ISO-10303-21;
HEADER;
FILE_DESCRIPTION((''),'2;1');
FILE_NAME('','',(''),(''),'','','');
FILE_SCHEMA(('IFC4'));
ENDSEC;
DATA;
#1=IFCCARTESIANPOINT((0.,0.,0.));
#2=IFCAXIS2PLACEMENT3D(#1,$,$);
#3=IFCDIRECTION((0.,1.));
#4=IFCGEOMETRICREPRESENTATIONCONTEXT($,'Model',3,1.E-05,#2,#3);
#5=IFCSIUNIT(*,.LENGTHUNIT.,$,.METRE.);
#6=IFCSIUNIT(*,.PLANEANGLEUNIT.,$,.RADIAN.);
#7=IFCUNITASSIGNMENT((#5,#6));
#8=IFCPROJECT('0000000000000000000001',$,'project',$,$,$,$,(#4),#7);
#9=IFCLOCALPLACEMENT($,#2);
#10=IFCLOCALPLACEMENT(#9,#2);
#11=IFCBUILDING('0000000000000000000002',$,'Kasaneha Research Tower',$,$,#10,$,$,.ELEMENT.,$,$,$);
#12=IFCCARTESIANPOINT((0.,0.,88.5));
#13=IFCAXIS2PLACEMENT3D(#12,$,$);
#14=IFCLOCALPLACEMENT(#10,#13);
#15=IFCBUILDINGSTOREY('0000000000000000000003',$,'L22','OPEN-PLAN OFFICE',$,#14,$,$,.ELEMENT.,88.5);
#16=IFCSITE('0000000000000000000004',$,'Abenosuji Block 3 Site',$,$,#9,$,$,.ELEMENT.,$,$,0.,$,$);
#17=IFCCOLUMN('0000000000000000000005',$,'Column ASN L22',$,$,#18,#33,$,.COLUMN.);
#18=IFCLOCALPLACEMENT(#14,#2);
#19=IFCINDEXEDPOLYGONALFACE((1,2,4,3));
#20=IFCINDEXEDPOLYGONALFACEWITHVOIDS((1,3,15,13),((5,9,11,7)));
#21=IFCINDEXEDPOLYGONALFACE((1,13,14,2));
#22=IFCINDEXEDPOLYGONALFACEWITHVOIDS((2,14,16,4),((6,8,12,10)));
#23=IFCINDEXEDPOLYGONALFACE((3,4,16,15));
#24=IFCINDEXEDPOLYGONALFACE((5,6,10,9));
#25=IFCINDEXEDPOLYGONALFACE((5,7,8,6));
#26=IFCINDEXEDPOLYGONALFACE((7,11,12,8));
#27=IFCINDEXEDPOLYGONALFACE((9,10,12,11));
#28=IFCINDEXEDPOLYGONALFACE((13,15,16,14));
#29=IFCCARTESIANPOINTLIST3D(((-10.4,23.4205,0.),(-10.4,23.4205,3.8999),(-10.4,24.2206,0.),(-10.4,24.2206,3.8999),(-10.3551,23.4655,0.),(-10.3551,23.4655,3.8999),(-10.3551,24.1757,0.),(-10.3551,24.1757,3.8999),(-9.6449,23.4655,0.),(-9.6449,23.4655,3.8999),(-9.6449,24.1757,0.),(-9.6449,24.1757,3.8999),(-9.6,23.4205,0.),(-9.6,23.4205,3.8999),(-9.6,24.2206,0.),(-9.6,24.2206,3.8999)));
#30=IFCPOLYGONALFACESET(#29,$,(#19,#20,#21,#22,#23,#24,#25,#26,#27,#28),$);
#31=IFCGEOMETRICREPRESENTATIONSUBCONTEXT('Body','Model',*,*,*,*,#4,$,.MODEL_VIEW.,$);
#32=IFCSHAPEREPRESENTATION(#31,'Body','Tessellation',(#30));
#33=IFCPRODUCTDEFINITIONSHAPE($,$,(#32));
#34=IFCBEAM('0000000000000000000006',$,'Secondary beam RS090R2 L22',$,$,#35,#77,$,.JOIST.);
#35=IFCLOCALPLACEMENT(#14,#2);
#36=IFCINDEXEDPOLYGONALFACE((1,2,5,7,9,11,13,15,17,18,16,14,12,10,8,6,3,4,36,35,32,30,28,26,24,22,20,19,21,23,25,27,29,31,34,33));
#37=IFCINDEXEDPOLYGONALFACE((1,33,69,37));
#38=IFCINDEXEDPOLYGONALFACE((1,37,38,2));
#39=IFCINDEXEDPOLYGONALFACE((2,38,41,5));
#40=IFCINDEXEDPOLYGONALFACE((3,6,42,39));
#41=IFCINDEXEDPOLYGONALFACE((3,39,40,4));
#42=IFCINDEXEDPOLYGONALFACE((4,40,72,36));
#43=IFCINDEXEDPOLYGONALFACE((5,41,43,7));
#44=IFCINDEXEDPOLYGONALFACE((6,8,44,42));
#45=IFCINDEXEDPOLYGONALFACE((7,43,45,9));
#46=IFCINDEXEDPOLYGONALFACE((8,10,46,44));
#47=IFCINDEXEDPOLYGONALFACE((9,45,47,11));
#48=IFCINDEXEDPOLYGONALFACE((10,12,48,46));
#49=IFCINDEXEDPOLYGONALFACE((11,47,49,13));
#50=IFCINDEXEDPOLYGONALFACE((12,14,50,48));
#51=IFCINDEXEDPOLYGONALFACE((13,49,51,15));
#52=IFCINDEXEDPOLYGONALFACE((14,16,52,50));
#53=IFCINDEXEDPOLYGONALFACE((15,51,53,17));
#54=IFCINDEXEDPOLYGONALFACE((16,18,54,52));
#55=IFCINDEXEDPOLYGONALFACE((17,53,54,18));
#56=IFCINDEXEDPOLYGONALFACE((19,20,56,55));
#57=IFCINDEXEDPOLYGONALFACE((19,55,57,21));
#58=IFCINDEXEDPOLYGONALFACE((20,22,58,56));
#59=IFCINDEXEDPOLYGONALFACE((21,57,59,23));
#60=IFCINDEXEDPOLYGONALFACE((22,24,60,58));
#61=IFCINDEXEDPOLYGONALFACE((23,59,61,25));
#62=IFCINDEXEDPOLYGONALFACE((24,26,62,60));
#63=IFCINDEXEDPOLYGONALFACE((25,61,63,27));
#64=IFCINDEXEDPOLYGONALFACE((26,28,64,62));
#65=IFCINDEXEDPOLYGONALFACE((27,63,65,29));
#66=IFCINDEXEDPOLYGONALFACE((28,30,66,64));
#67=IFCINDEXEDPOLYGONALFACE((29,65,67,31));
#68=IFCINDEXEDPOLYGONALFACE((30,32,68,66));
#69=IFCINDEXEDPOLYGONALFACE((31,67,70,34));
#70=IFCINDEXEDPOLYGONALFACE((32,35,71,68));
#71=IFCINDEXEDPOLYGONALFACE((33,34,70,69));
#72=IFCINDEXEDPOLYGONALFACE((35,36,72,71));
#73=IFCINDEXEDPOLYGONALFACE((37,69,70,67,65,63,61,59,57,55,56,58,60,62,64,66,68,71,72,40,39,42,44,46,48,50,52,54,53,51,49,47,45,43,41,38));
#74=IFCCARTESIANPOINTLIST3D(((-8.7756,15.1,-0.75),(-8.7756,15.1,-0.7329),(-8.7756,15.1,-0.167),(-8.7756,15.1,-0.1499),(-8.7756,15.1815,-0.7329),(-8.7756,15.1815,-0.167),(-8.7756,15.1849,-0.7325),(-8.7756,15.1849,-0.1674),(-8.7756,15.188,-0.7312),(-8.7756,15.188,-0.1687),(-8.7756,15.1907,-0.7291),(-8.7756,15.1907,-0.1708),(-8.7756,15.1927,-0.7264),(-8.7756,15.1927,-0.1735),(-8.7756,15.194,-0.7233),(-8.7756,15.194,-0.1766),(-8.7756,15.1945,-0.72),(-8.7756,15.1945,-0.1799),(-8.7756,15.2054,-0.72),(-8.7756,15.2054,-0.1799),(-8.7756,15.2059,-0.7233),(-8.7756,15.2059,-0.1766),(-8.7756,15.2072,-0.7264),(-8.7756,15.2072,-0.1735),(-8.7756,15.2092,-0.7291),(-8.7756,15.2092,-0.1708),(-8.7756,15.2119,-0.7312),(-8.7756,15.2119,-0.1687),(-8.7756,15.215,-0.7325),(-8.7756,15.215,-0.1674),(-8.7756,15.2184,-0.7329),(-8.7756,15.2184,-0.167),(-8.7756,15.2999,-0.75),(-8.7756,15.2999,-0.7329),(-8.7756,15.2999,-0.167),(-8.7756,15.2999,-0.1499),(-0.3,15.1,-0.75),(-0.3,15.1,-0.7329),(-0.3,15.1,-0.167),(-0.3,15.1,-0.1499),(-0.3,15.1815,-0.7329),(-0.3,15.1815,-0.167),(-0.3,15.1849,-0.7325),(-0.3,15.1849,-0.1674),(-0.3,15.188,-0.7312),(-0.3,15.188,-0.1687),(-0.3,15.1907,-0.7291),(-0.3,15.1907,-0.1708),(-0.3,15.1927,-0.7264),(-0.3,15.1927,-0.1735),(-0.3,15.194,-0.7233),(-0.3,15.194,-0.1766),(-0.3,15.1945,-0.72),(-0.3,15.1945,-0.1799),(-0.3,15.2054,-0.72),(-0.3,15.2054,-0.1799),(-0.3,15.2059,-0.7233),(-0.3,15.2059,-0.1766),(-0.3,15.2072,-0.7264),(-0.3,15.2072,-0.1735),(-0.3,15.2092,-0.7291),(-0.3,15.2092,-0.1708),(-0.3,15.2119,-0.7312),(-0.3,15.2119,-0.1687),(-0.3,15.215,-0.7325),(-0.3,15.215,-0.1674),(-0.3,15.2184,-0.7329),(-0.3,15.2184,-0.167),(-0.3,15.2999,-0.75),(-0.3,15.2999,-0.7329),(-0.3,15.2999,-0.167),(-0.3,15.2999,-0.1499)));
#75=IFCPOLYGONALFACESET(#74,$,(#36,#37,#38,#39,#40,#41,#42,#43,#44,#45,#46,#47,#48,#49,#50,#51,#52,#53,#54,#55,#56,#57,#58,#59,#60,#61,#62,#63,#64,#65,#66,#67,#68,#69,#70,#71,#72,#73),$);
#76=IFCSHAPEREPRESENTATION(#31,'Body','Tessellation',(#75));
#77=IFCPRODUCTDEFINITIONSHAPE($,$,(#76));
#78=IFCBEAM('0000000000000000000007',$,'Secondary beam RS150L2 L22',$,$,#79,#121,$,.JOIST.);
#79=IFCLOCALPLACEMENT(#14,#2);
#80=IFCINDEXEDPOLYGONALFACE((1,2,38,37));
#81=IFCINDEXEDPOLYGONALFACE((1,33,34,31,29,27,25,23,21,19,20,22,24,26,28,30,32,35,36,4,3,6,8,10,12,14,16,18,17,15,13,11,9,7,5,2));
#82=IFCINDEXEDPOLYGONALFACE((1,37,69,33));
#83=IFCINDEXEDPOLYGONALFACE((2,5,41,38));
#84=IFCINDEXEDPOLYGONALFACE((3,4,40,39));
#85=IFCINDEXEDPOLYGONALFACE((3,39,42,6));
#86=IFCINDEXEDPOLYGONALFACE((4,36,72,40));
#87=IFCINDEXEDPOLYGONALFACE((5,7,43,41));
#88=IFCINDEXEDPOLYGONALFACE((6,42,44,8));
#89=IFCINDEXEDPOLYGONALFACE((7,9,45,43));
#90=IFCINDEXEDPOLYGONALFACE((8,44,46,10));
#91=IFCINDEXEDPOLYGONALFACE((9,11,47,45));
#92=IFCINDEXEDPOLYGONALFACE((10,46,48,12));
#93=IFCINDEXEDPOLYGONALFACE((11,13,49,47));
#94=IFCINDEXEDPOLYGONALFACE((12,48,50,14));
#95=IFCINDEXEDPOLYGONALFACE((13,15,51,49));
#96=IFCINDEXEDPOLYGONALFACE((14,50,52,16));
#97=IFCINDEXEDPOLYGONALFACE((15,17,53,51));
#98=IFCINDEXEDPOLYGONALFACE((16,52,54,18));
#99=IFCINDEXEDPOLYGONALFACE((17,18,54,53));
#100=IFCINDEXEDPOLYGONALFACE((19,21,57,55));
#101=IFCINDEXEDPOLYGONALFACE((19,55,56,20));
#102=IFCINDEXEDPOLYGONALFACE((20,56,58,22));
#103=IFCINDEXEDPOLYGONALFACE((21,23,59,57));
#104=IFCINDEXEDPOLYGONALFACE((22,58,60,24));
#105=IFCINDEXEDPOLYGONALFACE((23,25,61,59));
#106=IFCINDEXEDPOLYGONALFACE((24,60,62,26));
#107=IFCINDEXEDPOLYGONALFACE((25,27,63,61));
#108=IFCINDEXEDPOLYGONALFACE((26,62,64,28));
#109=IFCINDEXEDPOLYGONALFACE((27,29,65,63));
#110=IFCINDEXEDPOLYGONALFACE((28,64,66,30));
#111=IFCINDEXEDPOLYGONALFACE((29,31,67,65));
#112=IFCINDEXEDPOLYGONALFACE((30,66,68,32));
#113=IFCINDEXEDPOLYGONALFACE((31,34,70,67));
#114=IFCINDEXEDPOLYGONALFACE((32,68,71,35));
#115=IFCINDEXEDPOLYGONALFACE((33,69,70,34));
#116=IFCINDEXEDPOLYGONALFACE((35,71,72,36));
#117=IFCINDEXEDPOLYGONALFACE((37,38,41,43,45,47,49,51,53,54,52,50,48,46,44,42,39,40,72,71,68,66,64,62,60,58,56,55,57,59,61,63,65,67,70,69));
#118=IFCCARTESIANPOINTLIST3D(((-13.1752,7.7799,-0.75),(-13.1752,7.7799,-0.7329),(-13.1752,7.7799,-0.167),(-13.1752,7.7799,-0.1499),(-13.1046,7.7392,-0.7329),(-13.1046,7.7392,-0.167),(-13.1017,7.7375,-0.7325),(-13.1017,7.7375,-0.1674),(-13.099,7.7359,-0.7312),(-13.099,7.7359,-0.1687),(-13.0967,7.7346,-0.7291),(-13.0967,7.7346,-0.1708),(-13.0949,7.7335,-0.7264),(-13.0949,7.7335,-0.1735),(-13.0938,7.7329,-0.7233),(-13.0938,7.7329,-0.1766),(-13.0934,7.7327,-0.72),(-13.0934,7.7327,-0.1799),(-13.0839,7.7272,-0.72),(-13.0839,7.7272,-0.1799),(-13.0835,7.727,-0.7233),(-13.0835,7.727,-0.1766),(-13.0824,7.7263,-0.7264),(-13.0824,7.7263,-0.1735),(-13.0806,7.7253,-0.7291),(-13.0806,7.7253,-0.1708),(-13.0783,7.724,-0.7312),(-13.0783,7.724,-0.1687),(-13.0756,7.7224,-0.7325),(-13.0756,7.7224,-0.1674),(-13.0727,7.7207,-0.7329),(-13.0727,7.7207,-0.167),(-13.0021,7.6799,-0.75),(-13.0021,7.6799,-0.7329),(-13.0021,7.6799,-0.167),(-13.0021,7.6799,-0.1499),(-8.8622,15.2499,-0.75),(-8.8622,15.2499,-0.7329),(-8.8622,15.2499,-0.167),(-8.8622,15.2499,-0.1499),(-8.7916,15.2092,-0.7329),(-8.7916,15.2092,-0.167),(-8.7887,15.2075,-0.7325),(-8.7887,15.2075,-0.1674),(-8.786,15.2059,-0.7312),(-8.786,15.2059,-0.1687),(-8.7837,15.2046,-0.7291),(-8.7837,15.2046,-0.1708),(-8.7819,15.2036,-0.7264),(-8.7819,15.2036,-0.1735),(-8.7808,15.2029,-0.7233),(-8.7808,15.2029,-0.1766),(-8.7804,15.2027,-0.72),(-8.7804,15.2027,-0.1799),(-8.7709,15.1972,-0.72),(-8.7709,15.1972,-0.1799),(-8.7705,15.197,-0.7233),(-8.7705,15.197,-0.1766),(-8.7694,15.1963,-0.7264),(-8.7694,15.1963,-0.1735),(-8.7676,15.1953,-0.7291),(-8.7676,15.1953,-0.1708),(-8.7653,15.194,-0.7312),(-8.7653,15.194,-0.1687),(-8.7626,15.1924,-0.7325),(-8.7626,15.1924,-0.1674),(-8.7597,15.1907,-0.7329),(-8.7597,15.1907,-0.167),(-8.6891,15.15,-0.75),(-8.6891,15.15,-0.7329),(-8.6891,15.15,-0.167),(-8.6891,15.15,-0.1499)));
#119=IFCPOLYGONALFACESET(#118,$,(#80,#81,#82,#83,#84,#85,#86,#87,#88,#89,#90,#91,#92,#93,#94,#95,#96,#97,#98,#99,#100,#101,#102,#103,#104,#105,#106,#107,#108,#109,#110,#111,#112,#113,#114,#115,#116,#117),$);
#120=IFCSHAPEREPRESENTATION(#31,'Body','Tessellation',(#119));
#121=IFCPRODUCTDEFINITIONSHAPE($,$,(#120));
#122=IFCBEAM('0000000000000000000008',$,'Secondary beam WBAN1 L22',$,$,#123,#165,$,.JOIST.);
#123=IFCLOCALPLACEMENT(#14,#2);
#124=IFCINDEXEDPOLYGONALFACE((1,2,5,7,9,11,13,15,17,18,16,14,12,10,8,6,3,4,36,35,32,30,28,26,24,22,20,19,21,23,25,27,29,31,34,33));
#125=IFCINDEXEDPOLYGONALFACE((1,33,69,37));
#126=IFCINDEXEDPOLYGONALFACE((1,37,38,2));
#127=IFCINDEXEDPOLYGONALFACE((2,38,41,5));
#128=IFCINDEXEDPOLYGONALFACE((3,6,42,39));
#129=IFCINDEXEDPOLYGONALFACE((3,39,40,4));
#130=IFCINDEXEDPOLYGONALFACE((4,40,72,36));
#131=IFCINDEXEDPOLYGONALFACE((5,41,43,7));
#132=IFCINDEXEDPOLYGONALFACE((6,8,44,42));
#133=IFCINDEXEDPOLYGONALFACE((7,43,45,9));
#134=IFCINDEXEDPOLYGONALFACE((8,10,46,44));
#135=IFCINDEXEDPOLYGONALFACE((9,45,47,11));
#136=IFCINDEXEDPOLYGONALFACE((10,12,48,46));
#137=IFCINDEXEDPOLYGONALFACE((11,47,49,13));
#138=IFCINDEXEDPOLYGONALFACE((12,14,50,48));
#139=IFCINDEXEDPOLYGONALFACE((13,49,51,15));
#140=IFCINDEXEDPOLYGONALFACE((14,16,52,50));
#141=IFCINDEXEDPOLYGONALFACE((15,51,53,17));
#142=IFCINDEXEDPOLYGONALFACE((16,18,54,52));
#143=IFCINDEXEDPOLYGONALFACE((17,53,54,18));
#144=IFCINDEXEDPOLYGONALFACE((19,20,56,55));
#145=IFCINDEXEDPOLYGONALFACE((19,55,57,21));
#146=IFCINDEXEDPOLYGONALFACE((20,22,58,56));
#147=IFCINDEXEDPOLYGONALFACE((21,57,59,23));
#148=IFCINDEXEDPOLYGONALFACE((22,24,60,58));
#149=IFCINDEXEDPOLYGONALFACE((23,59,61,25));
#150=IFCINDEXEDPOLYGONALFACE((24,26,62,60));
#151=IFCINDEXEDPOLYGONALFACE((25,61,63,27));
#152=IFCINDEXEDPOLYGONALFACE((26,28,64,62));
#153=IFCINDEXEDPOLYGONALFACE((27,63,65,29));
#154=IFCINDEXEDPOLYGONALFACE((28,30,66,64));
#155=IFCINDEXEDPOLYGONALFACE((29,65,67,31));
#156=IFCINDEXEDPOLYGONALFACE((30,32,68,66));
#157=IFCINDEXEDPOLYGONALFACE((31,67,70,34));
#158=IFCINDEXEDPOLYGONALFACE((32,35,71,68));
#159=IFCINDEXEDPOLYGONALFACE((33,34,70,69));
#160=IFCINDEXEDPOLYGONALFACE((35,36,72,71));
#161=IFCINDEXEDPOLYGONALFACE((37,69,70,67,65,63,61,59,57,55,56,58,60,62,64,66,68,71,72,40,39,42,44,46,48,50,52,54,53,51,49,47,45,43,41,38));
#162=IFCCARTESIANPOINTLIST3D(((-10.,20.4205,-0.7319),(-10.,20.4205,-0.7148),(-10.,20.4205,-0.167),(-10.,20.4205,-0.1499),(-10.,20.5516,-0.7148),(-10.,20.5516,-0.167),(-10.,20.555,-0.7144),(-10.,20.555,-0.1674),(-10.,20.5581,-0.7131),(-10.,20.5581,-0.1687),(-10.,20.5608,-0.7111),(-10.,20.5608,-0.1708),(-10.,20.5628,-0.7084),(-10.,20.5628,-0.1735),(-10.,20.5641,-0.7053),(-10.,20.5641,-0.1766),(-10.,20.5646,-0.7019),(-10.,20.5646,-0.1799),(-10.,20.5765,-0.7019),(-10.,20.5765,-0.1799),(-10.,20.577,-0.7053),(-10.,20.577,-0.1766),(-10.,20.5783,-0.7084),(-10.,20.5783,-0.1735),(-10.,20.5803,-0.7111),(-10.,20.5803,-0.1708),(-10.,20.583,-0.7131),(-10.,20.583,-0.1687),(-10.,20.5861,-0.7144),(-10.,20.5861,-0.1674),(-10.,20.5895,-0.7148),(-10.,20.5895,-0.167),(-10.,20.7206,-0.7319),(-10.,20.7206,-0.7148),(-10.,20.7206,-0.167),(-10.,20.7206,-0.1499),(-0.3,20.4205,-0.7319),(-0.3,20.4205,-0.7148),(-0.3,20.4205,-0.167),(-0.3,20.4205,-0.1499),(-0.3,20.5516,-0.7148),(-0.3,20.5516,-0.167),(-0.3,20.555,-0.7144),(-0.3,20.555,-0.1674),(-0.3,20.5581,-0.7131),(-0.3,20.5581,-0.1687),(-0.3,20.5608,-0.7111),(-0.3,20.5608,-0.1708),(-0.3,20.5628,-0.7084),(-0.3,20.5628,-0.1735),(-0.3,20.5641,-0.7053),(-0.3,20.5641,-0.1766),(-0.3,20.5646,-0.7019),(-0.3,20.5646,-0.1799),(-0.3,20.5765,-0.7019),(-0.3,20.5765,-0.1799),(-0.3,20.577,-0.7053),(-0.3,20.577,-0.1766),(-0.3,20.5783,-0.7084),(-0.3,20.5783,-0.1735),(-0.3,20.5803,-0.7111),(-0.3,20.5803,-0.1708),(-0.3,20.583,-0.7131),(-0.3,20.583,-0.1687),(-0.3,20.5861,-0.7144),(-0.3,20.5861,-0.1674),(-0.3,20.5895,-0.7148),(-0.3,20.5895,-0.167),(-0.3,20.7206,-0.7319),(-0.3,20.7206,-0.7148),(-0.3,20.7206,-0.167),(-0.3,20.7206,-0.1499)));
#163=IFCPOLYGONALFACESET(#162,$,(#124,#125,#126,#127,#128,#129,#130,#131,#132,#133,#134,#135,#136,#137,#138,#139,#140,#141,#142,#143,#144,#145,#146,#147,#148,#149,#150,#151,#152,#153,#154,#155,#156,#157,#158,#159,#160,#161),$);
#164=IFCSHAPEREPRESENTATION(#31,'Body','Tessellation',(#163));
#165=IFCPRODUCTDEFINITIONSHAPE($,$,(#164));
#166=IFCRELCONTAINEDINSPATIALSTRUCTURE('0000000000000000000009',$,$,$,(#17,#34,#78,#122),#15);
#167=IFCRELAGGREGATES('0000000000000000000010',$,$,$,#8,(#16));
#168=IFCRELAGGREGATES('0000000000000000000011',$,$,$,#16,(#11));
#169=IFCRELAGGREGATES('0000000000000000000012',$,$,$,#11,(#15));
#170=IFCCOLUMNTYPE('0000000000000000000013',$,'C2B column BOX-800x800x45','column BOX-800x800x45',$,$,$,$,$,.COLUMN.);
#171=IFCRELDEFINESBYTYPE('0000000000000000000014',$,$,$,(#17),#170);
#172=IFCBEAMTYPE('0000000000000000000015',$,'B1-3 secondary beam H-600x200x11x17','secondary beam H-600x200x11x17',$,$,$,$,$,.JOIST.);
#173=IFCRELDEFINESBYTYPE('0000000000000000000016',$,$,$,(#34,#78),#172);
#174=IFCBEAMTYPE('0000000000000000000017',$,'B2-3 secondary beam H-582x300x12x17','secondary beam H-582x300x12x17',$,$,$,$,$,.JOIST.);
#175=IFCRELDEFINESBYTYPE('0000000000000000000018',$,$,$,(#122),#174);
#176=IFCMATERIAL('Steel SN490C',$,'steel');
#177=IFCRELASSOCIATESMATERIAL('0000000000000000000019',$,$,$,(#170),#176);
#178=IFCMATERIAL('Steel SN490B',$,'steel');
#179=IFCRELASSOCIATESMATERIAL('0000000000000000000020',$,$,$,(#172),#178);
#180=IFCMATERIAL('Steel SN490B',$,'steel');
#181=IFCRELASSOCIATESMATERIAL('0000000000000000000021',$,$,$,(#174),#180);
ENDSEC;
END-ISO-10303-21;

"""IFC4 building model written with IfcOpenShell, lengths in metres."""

from ifc_helpers import new_model, si_unit, direction, frame, origin, origin_2d, place, context, subcontext, project, spatial, hollow_rectangle, i_section, extrude, material, material_profile, profile_set, type_object, element, save


model = new_model("IFC4")

# Units and contexts
model_context = context("Model", 3, precision=1e-05, world=origin(), true_north=direction((0.0, 1.0)))
body_context = subcontext(model_context, "Body", "Model", "MODEL_VIEW")
ifc_project = project(units=[si_unit("LENGTHUNIT", "METRE"), si_unit("PLANEANGLEUNIT", "RADIAN")], contexts=[model_context])

# Site, building, storey
site_placement = place(None, origin())
site = spatial("IfcSite", under=ifc_project, at=site_placement, Name="Abenosuji Block 3 Site", CompositionType="ELEMENT", RefElevation=0.0)
building_placement = place(site_placement, origin())
building = spatial("IfcBuilding", under=site, at=building_placement, Name="Kasaneha Research Tower", CompositionType="ELEMENT")
storey_placement = place(building_placement, frame((0.0, 0.0, 88.5)))
storey = spatial("IfcBuildingStorey", under=building, at=storey_placement, Name="L22", Description="OPEN-PLAN OFFICE", CompositionType="ELEMENT", Elevation=88.5)

# Column
ifc_material_1 = material(Name="Steel SN490C", Category="steel")
ifc_material_profile_1 = material_profile(ifc_material_1, hollow_rectangle(XDim=0.8, YDim=0.8, WallThickness=0.0449, at=origin_2d()), Name="BOX-800x800x45")
ifc_profile_set_1 = profile_set([ifc_material_profile_1], Name="Steel SN490C")
column_type = type_object("IfcColumnType", Name="C2B column BOX-800x800x45", Description="column BOX-800x800x45", PredefinedType="COLUMN", material=ifc_profile_set_1)
column_placement = place(storey_placement, frame((-10.0, 23.8206, 0.0), z_axis=(0.0, 0.0, 1.0), x_axis=(1.0, 0.0, 0.0)))
element("IfcColumn", 1, at=column_placement, inside=storey, type_object=column_type, Name="Column ASN L22", PredefinedType="COLUMN", context=body_context, shape_type="SweptSolid", body=[
    extrude(hollow_rectangle(XDim=0.8, YDim=0.8, WallThickness=0.0449, at=origin_2d()), origin(), (0.0, 0.0, 1.0), 3.8999),
])

# Beams
ifc_material_2 = material(Name="Steel SN490B", Category="steel")
ifc_material_profile_2 = material_profile(ifc_material_2, i_section(OverallWidth=0.2, OverallDepth=0.6001, WebThickness=0.011, FlangeThickness=0.0171, FilletRadius=0.0129, at=origin_2d()), Name="H-600x200x11x17")
ifc_profile_set_2 = profile_set([ifc_material_profile_2], Name="Steel SN490B")
beam_type_1 = type_object("IfcBeamType", Name="B1-3 secondary beam H-600x200x11x17", Description="secondary beam H-600x200x11x17", PredefinedType="JOIST", material=ifc_profile_set_2)
beam_1_placement = place(storey_placement, frame((-8.7756, 15.2, -0.45), z_axis=(1.0, 0.0, 0.0), x_axis=(0.0, 1.0, 0.0)))
element("IfcBeam", 2, at=beam_1_placement, inside=storey, type_object=beam_type_1, Name="Secondary beam RS090R2 L22", PredefinedType="JOIST", context=body_context, shape_type="SweptSolid", body=[
    extrude(i_section(OverallWidth=0.2, OverallDepth=0.6001, WebThickness=0.011, FlangeThickness=0.0171, FilletRadius=0.0129, at=origin_2d()), origin(), (0.0, 0.0, 1.0), 8.4756),
])
beam_2_placement = place(storey_placement, frame((-8.7756, 15.2, -0.45), z_axis=(-0.500017, -0.866015, 0.0), x_axis=(0.866015, -0.500017, 0.0)))
element("IfcBeam", 3, at=beam_2_placement, inside=storey, type_object=beam_type_1, Name="Secondary beam RS150L2 L22", PredefinedType="JOIST", context=body_context, shape_type="SweptSolid", body=[
    extrude(i_section(OverallWidth=0.2, OverallDepth=0.6001, WebThickness=0.011, FlangeThickness=0.0171, FilletRadius=0.0129, at=origin_2d()), origin(), (0.0, 0.0, 1.0), 8.6257),
])
ifc_material_3 = material(Name="Steel SN490B", Category="steel")
ifc_material_profile_3 = material_profile(ifc_material_3, i_section(OverallWidth=0.3, OverallDepth=0.582, WebThickness=0.012, FlangeThickness=0.0171, FilletRadius=0.0129, at=origin_2d()), Name="H-582x300x12x17")
ifc_profile_set_3 = profile_set([ifc_material_profile_3], Name="Steel SN490B")
beam_type_2 = type_object("IfcBeamType", Name="B2-3 secondary beam H-582x300x12x17", Description="secondary beam H-582x300x12x17", PredefinedType="JOIST", material=ifc_profile_set_3)
beam_3_placement = place(storey_placement, frame((-10.0, 20.5706, -0.4409), z_axis=(1.0, 0.0, 0.0), x_axis=(0.0, 1.0, 0.0)))
element("IfcBeam", 4, at=beam_3_placement, inside=storey, type_object=beam_type_2, Name="Secondary beam WBAN1 L22", PredefinedType="JOIST", context=body_context, shape_type="SweptSolid", body=[
    extrude(i_section(OverallWidth=0.3, OverallDepth=0.582, WebThickness=0.012, FlangeThickness=0.0171, FilletRadius=0.0129, at=origin_2d()), origin(), (0.0, 0.0, 1.0), 9.7),
])

save(model, "model.ifc")
